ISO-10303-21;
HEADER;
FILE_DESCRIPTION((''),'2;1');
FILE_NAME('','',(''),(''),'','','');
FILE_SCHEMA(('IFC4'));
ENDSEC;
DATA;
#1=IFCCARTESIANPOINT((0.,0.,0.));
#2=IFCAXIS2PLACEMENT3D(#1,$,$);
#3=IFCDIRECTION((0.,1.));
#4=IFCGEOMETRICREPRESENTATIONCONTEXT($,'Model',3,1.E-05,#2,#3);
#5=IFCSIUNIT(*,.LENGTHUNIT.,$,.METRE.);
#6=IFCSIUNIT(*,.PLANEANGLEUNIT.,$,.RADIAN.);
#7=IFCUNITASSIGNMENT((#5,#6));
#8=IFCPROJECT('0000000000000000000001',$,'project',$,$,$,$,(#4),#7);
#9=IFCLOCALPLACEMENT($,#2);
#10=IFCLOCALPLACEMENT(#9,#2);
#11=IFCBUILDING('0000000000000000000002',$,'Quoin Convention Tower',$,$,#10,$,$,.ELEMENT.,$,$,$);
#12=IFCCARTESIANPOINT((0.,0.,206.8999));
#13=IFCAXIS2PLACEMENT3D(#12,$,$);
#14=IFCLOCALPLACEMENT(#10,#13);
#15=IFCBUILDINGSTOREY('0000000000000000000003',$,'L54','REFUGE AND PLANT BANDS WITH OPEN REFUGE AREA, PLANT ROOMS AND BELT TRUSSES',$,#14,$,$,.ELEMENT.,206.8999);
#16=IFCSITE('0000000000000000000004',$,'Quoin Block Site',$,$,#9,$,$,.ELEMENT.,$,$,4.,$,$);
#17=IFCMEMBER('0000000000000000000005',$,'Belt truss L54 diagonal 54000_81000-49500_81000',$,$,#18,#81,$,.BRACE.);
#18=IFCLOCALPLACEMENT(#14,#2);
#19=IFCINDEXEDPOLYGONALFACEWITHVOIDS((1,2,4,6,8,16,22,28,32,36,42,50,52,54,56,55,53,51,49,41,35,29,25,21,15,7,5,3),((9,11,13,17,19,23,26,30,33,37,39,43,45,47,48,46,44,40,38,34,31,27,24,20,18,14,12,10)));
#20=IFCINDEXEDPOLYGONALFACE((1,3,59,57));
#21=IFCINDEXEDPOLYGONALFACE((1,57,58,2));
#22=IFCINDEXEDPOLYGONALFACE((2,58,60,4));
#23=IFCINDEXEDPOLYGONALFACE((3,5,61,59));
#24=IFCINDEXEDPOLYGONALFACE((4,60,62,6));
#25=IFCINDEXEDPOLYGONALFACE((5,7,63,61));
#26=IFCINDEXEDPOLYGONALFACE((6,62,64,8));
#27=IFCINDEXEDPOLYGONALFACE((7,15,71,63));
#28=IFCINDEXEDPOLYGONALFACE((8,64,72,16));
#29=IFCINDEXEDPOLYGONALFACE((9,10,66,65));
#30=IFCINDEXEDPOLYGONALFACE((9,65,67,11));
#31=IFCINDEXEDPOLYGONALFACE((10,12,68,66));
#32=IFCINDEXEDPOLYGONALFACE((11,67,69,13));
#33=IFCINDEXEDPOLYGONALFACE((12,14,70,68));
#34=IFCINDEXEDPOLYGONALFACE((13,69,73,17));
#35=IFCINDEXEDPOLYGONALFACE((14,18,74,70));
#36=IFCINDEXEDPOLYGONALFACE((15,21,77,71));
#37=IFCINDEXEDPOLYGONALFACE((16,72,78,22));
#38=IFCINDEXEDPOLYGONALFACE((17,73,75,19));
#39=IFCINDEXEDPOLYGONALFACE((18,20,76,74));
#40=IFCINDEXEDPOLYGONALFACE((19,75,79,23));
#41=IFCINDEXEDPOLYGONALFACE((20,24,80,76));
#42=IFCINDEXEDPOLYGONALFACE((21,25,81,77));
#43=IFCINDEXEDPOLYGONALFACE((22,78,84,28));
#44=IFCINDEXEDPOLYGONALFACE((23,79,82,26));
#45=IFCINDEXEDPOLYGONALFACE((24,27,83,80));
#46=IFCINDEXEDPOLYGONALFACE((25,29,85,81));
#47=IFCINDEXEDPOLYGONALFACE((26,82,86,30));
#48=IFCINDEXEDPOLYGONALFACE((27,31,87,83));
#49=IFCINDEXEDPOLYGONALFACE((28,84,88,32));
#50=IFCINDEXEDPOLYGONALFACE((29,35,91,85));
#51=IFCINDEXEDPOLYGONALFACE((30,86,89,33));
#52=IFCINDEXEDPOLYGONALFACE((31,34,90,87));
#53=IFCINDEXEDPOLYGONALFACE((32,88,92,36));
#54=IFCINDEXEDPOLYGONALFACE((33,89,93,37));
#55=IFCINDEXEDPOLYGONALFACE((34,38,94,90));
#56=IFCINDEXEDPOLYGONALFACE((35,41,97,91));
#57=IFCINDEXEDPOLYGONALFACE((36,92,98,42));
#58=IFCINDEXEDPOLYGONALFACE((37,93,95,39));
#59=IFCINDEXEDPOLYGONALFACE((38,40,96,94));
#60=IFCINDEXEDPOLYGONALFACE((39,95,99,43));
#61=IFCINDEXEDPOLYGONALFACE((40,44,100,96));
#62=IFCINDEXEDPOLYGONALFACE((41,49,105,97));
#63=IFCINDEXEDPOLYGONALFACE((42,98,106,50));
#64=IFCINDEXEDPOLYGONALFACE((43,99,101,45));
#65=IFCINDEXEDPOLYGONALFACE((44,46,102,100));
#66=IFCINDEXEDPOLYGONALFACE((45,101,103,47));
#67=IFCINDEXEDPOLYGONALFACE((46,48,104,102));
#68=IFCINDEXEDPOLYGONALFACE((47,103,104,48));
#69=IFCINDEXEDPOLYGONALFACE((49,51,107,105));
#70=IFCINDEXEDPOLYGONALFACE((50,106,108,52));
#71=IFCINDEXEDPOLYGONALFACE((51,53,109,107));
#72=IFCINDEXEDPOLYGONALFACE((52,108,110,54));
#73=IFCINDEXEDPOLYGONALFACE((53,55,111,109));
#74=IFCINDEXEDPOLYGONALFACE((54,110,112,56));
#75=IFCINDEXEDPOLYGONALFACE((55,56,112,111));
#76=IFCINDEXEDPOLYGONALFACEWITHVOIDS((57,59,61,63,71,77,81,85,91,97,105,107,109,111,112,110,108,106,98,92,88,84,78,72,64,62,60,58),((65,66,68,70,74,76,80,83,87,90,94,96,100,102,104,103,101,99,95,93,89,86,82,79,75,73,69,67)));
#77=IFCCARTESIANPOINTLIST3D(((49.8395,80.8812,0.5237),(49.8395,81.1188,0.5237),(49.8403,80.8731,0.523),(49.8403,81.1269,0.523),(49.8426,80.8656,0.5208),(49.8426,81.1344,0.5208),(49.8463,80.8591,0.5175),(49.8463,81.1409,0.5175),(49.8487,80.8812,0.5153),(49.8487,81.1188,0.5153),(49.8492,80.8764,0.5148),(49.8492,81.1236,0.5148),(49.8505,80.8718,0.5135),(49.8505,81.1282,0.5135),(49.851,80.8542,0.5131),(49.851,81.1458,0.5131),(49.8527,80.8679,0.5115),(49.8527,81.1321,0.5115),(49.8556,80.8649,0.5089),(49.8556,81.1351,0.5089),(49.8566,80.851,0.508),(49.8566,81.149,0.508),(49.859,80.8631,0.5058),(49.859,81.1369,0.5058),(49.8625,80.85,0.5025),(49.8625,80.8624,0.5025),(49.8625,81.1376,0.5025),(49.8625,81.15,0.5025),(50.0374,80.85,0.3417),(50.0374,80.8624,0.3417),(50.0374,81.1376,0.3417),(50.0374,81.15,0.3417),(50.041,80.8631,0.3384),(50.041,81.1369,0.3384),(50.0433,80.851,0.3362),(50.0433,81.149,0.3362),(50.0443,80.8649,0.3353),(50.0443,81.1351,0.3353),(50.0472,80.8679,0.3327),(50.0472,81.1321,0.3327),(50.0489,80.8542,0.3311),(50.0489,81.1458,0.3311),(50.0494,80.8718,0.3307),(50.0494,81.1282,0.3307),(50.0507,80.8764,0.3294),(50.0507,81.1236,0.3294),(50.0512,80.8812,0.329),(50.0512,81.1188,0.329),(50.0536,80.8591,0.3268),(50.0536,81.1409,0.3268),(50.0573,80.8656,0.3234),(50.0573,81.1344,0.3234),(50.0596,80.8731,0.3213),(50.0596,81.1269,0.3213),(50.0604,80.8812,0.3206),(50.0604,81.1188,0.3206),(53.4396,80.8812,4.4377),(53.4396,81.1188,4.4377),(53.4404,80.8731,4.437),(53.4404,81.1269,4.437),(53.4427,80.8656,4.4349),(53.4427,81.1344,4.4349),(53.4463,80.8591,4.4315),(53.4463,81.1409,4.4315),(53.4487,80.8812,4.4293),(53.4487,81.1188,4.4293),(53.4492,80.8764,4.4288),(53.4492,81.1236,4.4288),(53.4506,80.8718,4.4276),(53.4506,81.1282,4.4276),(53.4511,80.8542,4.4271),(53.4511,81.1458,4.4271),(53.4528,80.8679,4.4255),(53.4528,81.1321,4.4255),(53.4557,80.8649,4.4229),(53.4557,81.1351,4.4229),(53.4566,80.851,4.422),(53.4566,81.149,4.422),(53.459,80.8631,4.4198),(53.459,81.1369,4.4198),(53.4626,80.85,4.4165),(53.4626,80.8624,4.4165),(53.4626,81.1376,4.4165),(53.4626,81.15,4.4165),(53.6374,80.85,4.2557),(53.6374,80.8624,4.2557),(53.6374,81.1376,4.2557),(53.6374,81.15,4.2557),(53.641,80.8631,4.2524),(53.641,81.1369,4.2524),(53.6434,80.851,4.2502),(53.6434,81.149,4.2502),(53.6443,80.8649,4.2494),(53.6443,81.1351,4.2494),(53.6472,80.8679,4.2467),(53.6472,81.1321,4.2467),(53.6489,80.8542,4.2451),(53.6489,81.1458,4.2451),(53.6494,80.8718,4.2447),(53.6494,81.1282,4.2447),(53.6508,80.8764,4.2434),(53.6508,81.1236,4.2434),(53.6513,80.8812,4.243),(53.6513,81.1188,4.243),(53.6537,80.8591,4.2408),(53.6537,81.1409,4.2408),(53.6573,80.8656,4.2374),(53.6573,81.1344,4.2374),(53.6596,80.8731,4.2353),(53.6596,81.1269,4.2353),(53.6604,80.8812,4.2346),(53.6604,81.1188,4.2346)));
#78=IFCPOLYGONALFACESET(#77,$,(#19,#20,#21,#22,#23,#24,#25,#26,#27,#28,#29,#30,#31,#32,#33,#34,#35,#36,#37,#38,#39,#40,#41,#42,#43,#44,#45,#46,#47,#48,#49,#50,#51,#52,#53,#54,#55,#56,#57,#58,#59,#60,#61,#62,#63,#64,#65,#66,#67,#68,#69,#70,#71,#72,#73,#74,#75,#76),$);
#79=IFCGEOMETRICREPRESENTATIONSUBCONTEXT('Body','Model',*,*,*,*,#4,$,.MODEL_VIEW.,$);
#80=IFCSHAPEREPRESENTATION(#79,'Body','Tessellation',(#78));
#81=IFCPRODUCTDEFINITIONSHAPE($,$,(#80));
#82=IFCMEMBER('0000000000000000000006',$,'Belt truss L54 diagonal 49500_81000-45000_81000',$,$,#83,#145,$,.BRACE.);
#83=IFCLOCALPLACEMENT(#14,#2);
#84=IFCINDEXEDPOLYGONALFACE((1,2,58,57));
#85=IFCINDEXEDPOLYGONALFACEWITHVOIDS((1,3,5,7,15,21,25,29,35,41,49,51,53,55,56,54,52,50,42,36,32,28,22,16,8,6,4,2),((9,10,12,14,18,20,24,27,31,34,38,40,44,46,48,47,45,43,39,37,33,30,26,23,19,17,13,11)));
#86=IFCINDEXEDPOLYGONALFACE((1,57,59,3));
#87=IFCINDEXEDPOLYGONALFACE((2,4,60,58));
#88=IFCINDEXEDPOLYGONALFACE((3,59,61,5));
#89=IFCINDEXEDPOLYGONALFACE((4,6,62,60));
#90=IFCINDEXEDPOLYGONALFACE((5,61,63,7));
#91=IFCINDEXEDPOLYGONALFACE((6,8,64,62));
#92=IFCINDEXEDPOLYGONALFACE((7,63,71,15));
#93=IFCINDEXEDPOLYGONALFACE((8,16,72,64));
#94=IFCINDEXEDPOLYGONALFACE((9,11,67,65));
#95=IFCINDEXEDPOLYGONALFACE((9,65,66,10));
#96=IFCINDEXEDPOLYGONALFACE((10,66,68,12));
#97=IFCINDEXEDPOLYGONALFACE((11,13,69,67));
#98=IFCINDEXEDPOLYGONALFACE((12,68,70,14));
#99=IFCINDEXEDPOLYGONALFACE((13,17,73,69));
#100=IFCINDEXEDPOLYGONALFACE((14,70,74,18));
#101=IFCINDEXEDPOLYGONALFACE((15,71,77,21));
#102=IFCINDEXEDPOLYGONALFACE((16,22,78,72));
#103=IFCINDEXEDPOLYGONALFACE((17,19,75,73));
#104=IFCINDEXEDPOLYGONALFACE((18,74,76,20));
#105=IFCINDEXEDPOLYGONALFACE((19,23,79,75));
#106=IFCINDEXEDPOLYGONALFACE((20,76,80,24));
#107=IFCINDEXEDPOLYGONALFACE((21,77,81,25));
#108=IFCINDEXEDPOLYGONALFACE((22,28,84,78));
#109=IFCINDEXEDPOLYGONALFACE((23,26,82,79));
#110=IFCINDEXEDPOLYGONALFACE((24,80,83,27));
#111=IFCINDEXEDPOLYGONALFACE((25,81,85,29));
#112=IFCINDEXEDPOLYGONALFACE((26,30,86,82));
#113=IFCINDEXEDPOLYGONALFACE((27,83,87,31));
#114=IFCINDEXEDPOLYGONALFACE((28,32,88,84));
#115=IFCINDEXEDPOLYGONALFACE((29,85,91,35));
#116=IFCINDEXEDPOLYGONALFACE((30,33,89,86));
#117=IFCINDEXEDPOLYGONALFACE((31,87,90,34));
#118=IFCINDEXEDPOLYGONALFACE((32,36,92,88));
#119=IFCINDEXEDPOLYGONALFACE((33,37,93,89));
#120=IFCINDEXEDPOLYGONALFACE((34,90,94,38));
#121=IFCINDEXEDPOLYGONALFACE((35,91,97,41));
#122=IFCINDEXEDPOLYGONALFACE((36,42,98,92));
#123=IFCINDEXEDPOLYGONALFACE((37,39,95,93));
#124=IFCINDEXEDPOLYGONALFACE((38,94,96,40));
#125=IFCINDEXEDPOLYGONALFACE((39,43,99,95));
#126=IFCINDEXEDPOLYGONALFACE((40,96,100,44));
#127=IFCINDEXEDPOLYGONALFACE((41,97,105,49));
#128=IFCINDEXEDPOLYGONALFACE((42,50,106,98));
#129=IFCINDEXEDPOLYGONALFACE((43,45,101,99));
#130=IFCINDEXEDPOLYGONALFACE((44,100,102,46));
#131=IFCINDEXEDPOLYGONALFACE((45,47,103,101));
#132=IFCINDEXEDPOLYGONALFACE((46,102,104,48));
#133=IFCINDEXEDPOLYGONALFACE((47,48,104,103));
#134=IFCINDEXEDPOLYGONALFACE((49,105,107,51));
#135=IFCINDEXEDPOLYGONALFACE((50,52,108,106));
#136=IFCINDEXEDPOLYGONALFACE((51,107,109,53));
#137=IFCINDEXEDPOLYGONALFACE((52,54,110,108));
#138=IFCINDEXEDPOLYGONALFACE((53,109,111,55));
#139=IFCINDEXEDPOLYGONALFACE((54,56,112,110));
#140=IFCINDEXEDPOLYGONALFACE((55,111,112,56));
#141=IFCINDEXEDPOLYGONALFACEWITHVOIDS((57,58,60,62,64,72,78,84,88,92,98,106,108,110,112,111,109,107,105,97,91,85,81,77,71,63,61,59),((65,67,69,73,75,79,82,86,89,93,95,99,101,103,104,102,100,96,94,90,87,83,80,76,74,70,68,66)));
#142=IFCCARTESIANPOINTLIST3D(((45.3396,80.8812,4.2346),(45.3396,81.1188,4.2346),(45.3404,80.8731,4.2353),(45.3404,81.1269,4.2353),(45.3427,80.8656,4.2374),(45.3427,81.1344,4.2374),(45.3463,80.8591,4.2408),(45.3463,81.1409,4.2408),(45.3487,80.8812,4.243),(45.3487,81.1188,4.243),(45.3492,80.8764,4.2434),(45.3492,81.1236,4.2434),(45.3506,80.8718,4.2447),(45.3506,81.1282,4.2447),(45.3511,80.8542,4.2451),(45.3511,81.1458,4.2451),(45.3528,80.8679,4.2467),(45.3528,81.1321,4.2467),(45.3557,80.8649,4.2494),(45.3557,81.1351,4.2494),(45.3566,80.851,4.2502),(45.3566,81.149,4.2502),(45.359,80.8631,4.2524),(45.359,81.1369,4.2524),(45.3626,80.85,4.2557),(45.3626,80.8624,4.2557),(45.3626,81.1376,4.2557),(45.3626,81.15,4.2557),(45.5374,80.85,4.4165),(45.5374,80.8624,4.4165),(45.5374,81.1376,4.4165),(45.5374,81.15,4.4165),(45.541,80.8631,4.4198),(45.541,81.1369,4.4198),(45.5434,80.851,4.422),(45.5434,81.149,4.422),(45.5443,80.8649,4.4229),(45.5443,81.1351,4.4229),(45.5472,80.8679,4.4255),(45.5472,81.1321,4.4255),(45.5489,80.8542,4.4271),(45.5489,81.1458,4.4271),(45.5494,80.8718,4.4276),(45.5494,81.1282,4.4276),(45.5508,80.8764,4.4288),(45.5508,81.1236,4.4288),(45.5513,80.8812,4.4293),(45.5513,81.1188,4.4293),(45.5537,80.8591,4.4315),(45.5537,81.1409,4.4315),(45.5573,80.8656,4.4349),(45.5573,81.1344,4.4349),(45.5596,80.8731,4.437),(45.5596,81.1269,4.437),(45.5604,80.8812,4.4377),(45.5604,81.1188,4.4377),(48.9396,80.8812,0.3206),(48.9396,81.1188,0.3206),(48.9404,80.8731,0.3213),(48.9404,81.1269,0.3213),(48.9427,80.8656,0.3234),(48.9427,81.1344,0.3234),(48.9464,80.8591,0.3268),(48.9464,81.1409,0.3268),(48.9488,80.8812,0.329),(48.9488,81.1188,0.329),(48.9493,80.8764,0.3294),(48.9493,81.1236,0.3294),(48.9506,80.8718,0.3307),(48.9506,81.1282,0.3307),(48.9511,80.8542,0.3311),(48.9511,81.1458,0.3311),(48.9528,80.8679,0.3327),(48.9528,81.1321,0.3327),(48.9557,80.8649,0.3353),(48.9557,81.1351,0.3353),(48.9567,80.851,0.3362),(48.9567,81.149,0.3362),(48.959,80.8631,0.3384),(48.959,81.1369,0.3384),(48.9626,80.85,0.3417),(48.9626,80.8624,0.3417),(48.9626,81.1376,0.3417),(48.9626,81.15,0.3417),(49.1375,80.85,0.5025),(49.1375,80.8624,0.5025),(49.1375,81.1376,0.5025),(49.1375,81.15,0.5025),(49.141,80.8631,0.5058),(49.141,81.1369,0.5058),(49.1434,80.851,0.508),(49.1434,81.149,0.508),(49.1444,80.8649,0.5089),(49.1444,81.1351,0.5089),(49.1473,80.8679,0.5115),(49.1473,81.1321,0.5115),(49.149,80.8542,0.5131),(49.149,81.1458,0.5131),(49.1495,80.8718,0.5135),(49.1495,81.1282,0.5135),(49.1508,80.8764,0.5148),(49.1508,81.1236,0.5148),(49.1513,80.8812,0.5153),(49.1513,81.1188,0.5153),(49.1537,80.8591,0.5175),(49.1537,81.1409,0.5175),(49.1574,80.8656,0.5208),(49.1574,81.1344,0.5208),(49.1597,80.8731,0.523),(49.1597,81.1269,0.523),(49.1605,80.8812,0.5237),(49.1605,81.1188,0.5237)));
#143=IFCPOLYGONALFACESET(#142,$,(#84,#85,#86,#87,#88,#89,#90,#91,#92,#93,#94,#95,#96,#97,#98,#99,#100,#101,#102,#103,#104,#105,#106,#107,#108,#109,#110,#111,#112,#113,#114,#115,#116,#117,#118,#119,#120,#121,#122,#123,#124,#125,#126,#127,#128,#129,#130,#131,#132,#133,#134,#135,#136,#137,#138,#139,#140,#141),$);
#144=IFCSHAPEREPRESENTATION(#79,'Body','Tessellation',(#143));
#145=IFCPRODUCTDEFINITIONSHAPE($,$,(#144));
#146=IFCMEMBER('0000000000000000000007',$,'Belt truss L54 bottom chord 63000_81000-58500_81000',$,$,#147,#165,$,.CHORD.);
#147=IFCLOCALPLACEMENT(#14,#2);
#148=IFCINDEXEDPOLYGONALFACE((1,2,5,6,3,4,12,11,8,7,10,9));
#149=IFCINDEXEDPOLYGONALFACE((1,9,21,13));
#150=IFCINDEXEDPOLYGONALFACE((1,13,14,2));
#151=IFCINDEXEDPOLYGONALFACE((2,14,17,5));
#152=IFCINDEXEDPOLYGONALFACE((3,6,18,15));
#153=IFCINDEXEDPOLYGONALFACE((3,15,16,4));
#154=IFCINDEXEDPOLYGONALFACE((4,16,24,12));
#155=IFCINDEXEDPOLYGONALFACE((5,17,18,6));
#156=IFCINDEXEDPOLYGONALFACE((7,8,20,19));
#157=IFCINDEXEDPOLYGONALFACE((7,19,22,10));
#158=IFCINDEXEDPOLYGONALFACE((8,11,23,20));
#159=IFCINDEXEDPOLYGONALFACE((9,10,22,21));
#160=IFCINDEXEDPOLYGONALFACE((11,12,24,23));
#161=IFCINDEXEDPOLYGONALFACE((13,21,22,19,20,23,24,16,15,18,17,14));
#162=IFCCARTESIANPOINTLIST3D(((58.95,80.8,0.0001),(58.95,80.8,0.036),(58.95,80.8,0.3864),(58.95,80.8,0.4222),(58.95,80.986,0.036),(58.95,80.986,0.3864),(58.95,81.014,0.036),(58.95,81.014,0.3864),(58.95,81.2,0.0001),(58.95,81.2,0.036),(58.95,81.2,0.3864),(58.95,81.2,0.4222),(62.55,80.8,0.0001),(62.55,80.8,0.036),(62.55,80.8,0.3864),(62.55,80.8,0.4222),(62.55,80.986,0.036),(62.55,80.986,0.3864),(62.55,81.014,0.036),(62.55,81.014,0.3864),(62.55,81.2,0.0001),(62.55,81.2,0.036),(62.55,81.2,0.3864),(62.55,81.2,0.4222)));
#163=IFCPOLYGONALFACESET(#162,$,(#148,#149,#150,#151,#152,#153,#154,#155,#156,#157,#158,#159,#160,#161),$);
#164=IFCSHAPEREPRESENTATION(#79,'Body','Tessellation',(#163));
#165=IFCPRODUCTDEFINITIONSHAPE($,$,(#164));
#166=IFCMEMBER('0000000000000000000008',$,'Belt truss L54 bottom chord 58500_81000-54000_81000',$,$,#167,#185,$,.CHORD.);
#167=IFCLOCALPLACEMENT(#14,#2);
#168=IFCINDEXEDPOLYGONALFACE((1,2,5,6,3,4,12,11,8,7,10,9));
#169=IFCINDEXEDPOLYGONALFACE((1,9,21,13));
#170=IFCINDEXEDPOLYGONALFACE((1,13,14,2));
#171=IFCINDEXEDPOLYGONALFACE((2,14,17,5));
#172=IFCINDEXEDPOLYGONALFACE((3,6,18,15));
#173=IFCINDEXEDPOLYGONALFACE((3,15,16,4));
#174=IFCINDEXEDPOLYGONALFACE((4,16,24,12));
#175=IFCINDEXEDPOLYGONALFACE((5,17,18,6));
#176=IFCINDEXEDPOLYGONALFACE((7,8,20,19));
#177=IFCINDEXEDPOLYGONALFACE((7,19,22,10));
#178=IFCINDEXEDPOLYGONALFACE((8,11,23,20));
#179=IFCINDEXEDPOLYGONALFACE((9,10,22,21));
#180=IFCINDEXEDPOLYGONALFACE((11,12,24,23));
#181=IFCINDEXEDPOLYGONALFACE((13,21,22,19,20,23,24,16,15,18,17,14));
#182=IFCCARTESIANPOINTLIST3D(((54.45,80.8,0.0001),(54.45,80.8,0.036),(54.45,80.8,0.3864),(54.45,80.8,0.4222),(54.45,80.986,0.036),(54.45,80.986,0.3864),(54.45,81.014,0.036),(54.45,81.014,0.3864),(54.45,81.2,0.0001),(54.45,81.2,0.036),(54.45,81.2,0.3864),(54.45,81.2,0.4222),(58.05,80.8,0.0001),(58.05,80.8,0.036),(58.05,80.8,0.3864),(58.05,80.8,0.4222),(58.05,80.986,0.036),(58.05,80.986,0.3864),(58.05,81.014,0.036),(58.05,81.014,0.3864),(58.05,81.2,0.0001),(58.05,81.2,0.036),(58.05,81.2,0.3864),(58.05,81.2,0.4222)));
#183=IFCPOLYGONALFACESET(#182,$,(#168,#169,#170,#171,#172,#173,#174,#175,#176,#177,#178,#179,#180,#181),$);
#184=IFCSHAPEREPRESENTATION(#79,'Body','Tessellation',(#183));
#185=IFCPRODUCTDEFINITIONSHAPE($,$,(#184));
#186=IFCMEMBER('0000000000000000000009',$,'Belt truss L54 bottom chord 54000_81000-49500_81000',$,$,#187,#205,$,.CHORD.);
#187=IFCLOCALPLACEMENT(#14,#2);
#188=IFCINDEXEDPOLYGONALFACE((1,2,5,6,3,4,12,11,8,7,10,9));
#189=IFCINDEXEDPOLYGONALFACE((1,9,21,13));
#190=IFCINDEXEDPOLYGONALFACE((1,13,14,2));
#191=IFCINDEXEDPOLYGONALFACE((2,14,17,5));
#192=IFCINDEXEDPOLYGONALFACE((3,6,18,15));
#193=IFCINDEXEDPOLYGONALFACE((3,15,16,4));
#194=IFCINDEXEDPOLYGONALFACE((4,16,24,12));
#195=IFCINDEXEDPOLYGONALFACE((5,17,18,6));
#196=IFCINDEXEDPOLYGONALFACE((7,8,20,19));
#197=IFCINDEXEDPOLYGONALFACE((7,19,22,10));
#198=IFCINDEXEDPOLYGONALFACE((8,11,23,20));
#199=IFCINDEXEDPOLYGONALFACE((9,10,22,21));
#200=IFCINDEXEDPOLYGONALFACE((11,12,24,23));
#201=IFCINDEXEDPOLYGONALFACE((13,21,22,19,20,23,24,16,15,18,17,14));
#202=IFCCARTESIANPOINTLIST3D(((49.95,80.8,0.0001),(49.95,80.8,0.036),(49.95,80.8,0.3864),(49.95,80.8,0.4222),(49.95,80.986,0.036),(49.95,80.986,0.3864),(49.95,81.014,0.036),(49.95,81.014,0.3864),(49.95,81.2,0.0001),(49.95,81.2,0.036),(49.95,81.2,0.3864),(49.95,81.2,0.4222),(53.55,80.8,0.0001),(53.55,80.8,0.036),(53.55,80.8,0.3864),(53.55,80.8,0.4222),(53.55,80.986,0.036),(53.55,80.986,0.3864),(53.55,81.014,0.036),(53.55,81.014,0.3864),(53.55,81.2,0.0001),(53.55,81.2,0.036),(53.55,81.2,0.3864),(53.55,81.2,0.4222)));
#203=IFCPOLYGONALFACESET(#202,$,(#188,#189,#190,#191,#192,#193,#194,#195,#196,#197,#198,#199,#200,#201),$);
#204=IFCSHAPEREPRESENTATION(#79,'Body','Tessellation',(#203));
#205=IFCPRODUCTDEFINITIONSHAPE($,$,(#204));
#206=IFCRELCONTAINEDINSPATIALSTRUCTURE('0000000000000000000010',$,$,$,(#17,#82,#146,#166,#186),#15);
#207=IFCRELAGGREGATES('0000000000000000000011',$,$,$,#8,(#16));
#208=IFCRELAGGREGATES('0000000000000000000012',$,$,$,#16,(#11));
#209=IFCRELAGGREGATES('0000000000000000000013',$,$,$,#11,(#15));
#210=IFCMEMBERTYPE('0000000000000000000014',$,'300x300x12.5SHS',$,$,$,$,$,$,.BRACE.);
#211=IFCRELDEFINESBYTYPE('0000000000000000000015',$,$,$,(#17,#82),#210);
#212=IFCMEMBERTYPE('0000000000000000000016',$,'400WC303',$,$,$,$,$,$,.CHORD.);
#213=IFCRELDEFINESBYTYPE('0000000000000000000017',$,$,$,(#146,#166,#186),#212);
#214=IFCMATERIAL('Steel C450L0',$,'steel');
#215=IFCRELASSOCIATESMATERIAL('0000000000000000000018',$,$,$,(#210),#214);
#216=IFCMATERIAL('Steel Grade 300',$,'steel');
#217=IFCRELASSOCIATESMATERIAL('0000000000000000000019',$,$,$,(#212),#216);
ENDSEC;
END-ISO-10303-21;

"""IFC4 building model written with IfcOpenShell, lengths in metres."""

from ifc_helpers import new_model, si_unit, direction, frame, origin, origin_2d, place, context, subcontext, project, spatial, hollow_rectangle, i_section, extrude, material, material_profile, profile_set, type_object, element, save


model = new_model("IFC4")

# Units and contexts
model_context = context("Model", 3, precision=1e-05, world=origin(), true_north=direction((0.0, 1.0)))
body_context = subcontext(model_context, "Body", "Model", "MODEL_VIEW")
ifc_project = project(units=[si_unit("LENGTHUNIT", "METRE"), si_unit("PLANEANGLEUNIT", "RADIAN")], contexts=[model_context])

# Site, building, storey
site_placement = place(None, origin())
site = spatial("IfcSite", under=ifc_project, at=site_placement, Name="Quoin Block Site", CompositionType="ELEMENT", RefElevation=4.0)
building_placement = place(site_placement, origin())
building = spatial("IfcBuilding", under=site, at=building_placement, Name="Quoin Convention Tower", CompositionType="ELEMENT")
storey_placement = place(building_placement, frame((0.0, 0.0, 206.8999)))
storey = spatial("IfcBuildingStorey", under=building, at=storey_placement, Name="L54", Description="REFUGE AND PLANT BANDS WITH OPEN REFUGE AREA, PLANT ROOMS AND BELT TRUSSES", CompositionType="ELEMENT", Elevation=206.8999)

# Members
ifc_material_1 = material(Name="Steel C450L0", Category="steel")
ifc_material_profile_1 = material_profile(ifc_material_1, hollow_rectangle(XDim=0.3, YDim=0.3, WallThickness=0.0125, InnerFilletRadius=0.0188, OuterFilletRadius=0.0312, at=origin_2d()), Name="300x300x12.5SHS")
ifc_profile_set_1 = profile_set([ifc_material_profile_1], Name="Steel C450L0")
member_type_1 = type_object("IfcMemberType", Name="300x300x12.5SHS", PredefinedType="BRACE", material=ifc_profile_set_1)
for number, where, z_axis, x_axis, name in (
    (1, (49.95, 81.0, 0.4221), (0.676971, 0.0, 0.73601), (0.0, 1.0, 0.0), "Belt truss L54 diagonal 54000_81000-49500_81000"),
    (2, (49.05, 81.0, 0.4221), (-0.676971, 0.0, 0.73601), (0.0, -1.0, 0.0), "Belt truss L54 diagonal 49500_81000-45000_81000"),
):
    element("IfcMember", number, at=place(storey_placement, frame(where, z_axis=z_axis, x_axis=x_axis)), inside=storey, type_object=member_type_1, Name=name, PredefinedType="BRACE", context=body_context, shape_type="SweptSolid", body=[
        extrude(hollow_rectangle(XDim=0.3, YDim=0.3, WallThickness=0.0125, InnerFilletRadius=0.0188, OuterFilletRadius=0.0312, at=origin_2d()), origin(), (0.0, 0.0, 1.0), 5.3179),
    ])
ifc_material_2 = material(Name="Steel Grade 300", Category="steel")
ifc_material_profile_2 = material_profile(ifc_material_2, i_section(OverallWidth=0.3999, OverallDepth=0.4221, WebThickness=0.0281, FlangeThickness=0.0359, at=origin_2d()), Name="400WC303")
ifc_profile_set_2 = profile_set([ifc_material_profile_2], Name="Steel Grade 300")
member_type_2 = type_object("IfcMemberType", Name="400WC303", PredefinedType="CHORD", material=ifc_profile_set_2)
for number, where, z_axis, x_axis, name in (
    (3, (62.55, 81.0, 0.2112), (-1.0, 0.0, 0.0), (0.0, -1.0, 0.0), "Belt truss L54 bottom chord 63000_81000-58500_81000"),
    (4, (58.05, 81.0, 0.2112), (-1.0, 0.0, 0.0), (0.0, -1.0, 0.0), "Belt truss L54 bottom chord 58500_81000-54000_81000"),
    (5, (53.55, 81.0, 0.2112), (-1.0, 0.0, 0.0), (0.0, -1.0, 0.0), "Belt truss L54 bottom chord 54000_81000-49500_81000"),
):
    element("IfcMember", number, at=place(storey_placement, frame(where, z_axis=z_axis, x_axis=x_axis)), inside=storey, type_object=member_type_2, Name=name, PredefinedType="CHORD", context=body_context, shape_type="SweptSolid", body=[
        extrude(i_section(OverallWidth=0.3999, OverallDepth=0.4221, WebThickness=0.0281, FlangeThickness=0.0359, at=origin_2d()), origin(), (0.0, 0.0, 1.0), 3.6001),
    ])

save(model, "model.ifc")
